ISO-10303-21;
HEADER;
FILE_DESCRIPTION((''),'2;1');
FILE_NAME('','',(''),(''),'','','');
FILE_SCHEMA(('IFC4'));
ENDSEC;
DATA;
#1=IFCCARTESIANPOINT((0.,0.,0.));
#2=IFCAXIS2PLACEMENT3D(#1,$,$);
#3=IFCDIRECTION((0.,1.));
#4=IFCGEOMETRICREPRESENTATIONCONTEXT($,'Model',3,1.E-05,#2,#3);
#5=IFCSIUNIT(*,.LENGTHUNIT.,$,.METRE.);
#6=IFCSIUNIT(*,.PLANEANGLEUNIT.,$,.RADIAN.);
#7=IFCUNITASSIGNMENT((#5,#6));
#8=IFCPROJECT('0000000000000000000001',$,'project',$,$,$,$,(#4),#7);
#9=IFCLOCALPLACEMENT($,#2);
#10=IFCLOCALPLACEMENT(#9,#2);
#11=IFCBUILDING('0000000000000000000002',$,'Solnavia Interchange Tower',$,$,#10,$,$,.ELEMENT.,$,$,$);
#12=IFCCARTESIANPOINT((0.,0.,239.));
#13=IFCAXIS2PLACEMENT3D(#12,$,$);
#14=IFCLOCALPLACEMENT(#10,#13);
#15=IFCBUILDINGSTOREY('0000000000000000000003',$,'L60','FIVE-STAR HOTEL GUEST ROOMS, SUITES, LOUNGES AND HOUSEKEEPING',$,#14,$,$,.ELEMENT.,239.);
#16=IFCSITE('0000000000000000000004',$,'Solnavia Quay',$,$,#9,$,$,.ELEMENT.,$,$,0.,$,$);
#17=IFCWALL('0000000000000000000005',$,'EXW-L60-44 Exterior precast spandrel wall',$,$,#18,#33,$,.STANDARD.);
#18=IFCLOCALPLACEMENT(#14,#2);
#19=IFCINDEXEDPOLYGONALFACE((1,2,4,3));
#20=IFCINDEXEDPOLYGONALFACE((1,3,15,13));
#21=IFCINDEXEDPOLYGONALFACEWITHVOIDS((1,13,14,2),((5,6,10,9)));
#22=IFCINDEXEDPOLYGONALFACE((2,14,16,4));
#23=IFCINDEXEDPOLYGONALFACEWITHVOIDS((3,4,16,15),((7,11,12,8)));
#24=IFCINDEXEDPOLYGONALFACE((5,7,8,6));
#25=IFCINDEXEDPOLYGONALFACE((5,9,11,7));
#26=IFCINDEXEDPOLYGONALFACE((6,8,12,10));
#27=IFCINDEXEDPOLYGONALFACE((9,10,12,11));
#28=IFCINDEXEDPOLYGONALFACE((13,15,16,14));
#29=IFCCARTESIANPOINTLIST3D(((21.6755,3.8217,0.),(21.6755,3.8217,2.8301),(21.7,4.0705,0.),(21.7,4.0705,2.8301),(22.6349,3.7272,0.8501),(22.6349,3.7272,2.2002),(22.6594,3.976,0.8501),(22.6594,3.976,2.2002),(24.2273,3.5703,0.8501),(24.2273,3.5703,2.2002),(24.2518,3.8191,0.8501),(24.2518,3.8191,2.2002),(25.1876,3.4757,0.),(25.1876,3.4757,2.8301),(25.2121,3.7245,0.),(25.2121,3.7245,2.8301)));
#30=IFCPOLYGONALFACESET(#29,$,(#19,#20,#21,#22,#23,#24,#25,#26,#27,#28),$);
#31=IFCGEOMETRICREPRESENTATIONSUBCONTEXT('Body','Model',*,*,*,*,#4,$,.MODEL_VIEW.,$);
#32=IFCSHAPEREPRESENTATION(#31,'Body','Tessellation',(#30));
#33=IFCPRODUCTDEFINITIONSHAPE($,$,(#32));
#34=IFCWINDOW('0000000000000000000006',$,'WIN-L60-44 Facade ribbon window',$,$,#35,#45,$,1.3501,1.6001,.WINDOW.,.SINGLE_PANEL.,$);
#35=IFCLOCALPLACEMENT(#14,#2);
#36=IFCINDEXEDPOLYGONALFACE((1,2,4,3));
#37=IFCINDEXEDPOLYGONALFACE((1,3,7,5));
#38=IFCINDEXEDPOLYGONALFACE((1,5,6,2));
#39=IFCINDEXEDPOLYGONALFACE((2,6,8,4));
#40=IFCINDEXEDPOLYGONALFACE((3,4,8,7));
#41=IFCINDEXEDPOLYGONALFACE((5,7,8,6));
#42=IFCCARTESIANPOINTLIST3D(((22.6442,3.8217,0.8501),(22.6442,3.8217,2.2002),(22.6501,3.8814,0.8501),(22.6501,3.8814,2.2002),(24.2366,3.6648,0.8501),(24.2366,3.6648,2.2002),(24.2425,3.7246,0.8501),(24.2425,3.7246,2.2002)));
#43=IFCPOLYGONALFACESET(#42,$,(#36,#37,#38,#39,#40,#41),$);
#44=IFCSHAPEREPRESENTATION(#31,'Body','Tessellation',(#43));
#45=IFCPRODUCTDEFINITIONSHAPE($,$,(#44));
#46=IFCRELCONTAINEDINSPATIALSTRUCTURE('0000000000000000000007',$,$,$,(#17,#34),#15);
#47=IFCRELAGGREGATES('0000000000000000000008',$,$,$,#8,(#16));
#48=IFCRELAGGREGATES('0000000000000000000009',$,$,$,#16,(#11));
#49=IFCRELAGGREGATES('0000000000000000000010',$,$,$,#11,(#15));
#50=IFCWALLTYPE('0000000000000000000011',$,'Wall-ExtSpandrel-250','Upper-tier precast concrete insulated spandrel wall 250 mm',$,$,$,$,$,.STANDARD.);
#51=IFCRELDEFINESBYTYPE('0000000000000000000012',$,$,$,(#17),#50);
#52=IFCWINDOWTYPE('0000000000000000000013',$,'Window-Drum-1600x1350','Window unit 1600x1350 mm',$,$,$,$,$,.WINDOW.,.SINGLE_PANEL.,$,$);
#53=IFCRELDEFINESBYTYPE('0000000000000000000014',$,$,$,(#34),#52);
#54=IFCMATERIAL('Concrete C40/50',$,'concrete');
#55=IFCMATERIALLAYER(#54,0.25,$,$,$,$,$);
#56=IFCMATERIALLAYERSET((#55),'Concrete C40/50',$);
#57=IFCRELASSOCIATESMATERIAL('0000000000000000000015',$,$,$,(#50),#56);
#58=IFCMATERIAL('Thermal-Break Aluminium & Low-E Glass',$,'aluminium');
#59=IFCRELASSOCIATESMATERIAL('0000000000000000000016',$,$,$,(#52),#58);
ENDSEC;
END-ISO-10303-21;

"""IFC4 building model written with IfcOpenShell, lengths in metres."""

from ifc_helpers import new_model, si_unit, direction, frame, frame_2d, origin, place, context, subcontext, project, spatial, rectangle, extrude, material, layer, layer_set, type_object, element, fill, save


model = new_model("IFC4")

# Units and contexts
model_context = context("Model", 3, precision=1e-05, world=origin(), true_north=direction((0.0, 1.0)))
body_context = subcontext(model_context, "Body", "Model", "MODEL_VIEW")
ifc_project = project(units=[si_unit("LENGTHUNIT", "METRE"), si_unit("PLANEANGLEUNIT", "RADIAN")], contexts=[model_context])

# Site, building, storey
site_placement = place(None, origin())
site = spatial("IfcSite", under=ifc_project, at=site_placement, Name="Solnavia Quay", CompositionType="ELEMENT", RefElevation=0.0)
building_placement = place(site_placement, origin())
building = spatial("IfcBuilding", under=site, at=building_placement, Name="Solnavia Interchange Tower", CompositionType="ELEMENT")
storey_placement = place(building_placement, frame((0.0, 0.0, 239.0)))
storey = spatial("IfcBuildingStorey", under=building, at=storey_placement, Name="L60", Description="FIVE-STAR HOTEL GUEST ROOMS, SUITES, LOUNGES AND HOUSEKEEPING", CompositionType="ELEMENT", Elevation=239.0)

# Wall, opening, window
ifc_material_1 = material(Name="Concrete C40/50", Category="concrete")
ifc_layer_1 = layer(ifc_material_1, 0.25)
ifc_layer_set_1 = layer_set([ifc_layer_1], Name="Concrete C40/50")
wall_type = type_object("IfcWallType", Name="Wall-ExtSpandrel-250", Description="Upper-tier precast concrete insulated spandrel wall 250 mm", PredefinedType="STANDARD", material=ifc_layer_set_1)
ifc_material_2 = material(Name="Thermal-Break Aluminium & Low-E Glass", Category="aluminium")
wall_1_placement = place(storey_placement, frame((25.2, 3.6001, 0.0), z_axis=(0.0, 0.0, 1.0), x_axis=(-0.995183, 0.098031, 0.0)))
wall_1 = element("IfcWall", 1, at=wall_1_placement, inside=storey, type_object=wall_type, Name="EXW-L60-44 Exterior precast spandrel wall", PredefinedType="STANDARD", context=body_context, shape_type="SweptSolid", body=[
    extrude(rectangle(XDim=3.5291, YDim=0.25, at=frame_2d((1.7646, 0.0))), origin(), (0.0, 0.0, 1.0), 2.8301),
])
opening_1_placement = place(wall_1_placement, frame((0.9651, 0.0, 0.8501)))
opening_1 = element("IfcOpeningElement", 2, at=opening_1_placement, cuts=wall_1, PredefinedType="OPENING", context=body_context, shape_type="SweptSolid", body=[
    extrude(rectangle(XDim=1.6001, YDim=1.3501, at=frame_2d((0.8, 0.675))), frame((0.0, 0.135, 0.0), z_axis=(0.0, -1.0, 0.0), x_axis=(1.0, 0.0, 0.0)), (0.0, 0.0, 1.0), 0.27),
])
window_type_1 = type_object("IfcWindowType", Name="Window-Drum-1600x1350", Description="Window unit 1600x1350 mm", PartitioningType="SINGLE_PANEL", PredefinedType="WINDOW", material=ifc_material_2)
window_1_placement = place(opening_1_placement, origin())
window_1 = element("IfcWindow", 3, at=window_1_placement, inside=storey, type_object=window_type_1, Name="WIN-L60-44 Facade ribbon window", OverallHeight=1.3501, OverallWidth=1.6001, PartitioningType="SINGLE_PANEL", PredefinedType="WINDOW", context=body_context, shape_type="SweptSolid", body=[
    extrude(rectangle(XDim=1.6001, YDim=1.3501, at=frame_2d((0.8, 0.675))), frame((0.0, 0.03, 0.0), z_axis=(0.0, -1.0, 0.0), x_axis=(1.0, 0.0, 0.0)), (0.0, 0.0, 1.0), 0.0601),
])
fill(opening_1, window_1)

save(model, "model.ifc")
